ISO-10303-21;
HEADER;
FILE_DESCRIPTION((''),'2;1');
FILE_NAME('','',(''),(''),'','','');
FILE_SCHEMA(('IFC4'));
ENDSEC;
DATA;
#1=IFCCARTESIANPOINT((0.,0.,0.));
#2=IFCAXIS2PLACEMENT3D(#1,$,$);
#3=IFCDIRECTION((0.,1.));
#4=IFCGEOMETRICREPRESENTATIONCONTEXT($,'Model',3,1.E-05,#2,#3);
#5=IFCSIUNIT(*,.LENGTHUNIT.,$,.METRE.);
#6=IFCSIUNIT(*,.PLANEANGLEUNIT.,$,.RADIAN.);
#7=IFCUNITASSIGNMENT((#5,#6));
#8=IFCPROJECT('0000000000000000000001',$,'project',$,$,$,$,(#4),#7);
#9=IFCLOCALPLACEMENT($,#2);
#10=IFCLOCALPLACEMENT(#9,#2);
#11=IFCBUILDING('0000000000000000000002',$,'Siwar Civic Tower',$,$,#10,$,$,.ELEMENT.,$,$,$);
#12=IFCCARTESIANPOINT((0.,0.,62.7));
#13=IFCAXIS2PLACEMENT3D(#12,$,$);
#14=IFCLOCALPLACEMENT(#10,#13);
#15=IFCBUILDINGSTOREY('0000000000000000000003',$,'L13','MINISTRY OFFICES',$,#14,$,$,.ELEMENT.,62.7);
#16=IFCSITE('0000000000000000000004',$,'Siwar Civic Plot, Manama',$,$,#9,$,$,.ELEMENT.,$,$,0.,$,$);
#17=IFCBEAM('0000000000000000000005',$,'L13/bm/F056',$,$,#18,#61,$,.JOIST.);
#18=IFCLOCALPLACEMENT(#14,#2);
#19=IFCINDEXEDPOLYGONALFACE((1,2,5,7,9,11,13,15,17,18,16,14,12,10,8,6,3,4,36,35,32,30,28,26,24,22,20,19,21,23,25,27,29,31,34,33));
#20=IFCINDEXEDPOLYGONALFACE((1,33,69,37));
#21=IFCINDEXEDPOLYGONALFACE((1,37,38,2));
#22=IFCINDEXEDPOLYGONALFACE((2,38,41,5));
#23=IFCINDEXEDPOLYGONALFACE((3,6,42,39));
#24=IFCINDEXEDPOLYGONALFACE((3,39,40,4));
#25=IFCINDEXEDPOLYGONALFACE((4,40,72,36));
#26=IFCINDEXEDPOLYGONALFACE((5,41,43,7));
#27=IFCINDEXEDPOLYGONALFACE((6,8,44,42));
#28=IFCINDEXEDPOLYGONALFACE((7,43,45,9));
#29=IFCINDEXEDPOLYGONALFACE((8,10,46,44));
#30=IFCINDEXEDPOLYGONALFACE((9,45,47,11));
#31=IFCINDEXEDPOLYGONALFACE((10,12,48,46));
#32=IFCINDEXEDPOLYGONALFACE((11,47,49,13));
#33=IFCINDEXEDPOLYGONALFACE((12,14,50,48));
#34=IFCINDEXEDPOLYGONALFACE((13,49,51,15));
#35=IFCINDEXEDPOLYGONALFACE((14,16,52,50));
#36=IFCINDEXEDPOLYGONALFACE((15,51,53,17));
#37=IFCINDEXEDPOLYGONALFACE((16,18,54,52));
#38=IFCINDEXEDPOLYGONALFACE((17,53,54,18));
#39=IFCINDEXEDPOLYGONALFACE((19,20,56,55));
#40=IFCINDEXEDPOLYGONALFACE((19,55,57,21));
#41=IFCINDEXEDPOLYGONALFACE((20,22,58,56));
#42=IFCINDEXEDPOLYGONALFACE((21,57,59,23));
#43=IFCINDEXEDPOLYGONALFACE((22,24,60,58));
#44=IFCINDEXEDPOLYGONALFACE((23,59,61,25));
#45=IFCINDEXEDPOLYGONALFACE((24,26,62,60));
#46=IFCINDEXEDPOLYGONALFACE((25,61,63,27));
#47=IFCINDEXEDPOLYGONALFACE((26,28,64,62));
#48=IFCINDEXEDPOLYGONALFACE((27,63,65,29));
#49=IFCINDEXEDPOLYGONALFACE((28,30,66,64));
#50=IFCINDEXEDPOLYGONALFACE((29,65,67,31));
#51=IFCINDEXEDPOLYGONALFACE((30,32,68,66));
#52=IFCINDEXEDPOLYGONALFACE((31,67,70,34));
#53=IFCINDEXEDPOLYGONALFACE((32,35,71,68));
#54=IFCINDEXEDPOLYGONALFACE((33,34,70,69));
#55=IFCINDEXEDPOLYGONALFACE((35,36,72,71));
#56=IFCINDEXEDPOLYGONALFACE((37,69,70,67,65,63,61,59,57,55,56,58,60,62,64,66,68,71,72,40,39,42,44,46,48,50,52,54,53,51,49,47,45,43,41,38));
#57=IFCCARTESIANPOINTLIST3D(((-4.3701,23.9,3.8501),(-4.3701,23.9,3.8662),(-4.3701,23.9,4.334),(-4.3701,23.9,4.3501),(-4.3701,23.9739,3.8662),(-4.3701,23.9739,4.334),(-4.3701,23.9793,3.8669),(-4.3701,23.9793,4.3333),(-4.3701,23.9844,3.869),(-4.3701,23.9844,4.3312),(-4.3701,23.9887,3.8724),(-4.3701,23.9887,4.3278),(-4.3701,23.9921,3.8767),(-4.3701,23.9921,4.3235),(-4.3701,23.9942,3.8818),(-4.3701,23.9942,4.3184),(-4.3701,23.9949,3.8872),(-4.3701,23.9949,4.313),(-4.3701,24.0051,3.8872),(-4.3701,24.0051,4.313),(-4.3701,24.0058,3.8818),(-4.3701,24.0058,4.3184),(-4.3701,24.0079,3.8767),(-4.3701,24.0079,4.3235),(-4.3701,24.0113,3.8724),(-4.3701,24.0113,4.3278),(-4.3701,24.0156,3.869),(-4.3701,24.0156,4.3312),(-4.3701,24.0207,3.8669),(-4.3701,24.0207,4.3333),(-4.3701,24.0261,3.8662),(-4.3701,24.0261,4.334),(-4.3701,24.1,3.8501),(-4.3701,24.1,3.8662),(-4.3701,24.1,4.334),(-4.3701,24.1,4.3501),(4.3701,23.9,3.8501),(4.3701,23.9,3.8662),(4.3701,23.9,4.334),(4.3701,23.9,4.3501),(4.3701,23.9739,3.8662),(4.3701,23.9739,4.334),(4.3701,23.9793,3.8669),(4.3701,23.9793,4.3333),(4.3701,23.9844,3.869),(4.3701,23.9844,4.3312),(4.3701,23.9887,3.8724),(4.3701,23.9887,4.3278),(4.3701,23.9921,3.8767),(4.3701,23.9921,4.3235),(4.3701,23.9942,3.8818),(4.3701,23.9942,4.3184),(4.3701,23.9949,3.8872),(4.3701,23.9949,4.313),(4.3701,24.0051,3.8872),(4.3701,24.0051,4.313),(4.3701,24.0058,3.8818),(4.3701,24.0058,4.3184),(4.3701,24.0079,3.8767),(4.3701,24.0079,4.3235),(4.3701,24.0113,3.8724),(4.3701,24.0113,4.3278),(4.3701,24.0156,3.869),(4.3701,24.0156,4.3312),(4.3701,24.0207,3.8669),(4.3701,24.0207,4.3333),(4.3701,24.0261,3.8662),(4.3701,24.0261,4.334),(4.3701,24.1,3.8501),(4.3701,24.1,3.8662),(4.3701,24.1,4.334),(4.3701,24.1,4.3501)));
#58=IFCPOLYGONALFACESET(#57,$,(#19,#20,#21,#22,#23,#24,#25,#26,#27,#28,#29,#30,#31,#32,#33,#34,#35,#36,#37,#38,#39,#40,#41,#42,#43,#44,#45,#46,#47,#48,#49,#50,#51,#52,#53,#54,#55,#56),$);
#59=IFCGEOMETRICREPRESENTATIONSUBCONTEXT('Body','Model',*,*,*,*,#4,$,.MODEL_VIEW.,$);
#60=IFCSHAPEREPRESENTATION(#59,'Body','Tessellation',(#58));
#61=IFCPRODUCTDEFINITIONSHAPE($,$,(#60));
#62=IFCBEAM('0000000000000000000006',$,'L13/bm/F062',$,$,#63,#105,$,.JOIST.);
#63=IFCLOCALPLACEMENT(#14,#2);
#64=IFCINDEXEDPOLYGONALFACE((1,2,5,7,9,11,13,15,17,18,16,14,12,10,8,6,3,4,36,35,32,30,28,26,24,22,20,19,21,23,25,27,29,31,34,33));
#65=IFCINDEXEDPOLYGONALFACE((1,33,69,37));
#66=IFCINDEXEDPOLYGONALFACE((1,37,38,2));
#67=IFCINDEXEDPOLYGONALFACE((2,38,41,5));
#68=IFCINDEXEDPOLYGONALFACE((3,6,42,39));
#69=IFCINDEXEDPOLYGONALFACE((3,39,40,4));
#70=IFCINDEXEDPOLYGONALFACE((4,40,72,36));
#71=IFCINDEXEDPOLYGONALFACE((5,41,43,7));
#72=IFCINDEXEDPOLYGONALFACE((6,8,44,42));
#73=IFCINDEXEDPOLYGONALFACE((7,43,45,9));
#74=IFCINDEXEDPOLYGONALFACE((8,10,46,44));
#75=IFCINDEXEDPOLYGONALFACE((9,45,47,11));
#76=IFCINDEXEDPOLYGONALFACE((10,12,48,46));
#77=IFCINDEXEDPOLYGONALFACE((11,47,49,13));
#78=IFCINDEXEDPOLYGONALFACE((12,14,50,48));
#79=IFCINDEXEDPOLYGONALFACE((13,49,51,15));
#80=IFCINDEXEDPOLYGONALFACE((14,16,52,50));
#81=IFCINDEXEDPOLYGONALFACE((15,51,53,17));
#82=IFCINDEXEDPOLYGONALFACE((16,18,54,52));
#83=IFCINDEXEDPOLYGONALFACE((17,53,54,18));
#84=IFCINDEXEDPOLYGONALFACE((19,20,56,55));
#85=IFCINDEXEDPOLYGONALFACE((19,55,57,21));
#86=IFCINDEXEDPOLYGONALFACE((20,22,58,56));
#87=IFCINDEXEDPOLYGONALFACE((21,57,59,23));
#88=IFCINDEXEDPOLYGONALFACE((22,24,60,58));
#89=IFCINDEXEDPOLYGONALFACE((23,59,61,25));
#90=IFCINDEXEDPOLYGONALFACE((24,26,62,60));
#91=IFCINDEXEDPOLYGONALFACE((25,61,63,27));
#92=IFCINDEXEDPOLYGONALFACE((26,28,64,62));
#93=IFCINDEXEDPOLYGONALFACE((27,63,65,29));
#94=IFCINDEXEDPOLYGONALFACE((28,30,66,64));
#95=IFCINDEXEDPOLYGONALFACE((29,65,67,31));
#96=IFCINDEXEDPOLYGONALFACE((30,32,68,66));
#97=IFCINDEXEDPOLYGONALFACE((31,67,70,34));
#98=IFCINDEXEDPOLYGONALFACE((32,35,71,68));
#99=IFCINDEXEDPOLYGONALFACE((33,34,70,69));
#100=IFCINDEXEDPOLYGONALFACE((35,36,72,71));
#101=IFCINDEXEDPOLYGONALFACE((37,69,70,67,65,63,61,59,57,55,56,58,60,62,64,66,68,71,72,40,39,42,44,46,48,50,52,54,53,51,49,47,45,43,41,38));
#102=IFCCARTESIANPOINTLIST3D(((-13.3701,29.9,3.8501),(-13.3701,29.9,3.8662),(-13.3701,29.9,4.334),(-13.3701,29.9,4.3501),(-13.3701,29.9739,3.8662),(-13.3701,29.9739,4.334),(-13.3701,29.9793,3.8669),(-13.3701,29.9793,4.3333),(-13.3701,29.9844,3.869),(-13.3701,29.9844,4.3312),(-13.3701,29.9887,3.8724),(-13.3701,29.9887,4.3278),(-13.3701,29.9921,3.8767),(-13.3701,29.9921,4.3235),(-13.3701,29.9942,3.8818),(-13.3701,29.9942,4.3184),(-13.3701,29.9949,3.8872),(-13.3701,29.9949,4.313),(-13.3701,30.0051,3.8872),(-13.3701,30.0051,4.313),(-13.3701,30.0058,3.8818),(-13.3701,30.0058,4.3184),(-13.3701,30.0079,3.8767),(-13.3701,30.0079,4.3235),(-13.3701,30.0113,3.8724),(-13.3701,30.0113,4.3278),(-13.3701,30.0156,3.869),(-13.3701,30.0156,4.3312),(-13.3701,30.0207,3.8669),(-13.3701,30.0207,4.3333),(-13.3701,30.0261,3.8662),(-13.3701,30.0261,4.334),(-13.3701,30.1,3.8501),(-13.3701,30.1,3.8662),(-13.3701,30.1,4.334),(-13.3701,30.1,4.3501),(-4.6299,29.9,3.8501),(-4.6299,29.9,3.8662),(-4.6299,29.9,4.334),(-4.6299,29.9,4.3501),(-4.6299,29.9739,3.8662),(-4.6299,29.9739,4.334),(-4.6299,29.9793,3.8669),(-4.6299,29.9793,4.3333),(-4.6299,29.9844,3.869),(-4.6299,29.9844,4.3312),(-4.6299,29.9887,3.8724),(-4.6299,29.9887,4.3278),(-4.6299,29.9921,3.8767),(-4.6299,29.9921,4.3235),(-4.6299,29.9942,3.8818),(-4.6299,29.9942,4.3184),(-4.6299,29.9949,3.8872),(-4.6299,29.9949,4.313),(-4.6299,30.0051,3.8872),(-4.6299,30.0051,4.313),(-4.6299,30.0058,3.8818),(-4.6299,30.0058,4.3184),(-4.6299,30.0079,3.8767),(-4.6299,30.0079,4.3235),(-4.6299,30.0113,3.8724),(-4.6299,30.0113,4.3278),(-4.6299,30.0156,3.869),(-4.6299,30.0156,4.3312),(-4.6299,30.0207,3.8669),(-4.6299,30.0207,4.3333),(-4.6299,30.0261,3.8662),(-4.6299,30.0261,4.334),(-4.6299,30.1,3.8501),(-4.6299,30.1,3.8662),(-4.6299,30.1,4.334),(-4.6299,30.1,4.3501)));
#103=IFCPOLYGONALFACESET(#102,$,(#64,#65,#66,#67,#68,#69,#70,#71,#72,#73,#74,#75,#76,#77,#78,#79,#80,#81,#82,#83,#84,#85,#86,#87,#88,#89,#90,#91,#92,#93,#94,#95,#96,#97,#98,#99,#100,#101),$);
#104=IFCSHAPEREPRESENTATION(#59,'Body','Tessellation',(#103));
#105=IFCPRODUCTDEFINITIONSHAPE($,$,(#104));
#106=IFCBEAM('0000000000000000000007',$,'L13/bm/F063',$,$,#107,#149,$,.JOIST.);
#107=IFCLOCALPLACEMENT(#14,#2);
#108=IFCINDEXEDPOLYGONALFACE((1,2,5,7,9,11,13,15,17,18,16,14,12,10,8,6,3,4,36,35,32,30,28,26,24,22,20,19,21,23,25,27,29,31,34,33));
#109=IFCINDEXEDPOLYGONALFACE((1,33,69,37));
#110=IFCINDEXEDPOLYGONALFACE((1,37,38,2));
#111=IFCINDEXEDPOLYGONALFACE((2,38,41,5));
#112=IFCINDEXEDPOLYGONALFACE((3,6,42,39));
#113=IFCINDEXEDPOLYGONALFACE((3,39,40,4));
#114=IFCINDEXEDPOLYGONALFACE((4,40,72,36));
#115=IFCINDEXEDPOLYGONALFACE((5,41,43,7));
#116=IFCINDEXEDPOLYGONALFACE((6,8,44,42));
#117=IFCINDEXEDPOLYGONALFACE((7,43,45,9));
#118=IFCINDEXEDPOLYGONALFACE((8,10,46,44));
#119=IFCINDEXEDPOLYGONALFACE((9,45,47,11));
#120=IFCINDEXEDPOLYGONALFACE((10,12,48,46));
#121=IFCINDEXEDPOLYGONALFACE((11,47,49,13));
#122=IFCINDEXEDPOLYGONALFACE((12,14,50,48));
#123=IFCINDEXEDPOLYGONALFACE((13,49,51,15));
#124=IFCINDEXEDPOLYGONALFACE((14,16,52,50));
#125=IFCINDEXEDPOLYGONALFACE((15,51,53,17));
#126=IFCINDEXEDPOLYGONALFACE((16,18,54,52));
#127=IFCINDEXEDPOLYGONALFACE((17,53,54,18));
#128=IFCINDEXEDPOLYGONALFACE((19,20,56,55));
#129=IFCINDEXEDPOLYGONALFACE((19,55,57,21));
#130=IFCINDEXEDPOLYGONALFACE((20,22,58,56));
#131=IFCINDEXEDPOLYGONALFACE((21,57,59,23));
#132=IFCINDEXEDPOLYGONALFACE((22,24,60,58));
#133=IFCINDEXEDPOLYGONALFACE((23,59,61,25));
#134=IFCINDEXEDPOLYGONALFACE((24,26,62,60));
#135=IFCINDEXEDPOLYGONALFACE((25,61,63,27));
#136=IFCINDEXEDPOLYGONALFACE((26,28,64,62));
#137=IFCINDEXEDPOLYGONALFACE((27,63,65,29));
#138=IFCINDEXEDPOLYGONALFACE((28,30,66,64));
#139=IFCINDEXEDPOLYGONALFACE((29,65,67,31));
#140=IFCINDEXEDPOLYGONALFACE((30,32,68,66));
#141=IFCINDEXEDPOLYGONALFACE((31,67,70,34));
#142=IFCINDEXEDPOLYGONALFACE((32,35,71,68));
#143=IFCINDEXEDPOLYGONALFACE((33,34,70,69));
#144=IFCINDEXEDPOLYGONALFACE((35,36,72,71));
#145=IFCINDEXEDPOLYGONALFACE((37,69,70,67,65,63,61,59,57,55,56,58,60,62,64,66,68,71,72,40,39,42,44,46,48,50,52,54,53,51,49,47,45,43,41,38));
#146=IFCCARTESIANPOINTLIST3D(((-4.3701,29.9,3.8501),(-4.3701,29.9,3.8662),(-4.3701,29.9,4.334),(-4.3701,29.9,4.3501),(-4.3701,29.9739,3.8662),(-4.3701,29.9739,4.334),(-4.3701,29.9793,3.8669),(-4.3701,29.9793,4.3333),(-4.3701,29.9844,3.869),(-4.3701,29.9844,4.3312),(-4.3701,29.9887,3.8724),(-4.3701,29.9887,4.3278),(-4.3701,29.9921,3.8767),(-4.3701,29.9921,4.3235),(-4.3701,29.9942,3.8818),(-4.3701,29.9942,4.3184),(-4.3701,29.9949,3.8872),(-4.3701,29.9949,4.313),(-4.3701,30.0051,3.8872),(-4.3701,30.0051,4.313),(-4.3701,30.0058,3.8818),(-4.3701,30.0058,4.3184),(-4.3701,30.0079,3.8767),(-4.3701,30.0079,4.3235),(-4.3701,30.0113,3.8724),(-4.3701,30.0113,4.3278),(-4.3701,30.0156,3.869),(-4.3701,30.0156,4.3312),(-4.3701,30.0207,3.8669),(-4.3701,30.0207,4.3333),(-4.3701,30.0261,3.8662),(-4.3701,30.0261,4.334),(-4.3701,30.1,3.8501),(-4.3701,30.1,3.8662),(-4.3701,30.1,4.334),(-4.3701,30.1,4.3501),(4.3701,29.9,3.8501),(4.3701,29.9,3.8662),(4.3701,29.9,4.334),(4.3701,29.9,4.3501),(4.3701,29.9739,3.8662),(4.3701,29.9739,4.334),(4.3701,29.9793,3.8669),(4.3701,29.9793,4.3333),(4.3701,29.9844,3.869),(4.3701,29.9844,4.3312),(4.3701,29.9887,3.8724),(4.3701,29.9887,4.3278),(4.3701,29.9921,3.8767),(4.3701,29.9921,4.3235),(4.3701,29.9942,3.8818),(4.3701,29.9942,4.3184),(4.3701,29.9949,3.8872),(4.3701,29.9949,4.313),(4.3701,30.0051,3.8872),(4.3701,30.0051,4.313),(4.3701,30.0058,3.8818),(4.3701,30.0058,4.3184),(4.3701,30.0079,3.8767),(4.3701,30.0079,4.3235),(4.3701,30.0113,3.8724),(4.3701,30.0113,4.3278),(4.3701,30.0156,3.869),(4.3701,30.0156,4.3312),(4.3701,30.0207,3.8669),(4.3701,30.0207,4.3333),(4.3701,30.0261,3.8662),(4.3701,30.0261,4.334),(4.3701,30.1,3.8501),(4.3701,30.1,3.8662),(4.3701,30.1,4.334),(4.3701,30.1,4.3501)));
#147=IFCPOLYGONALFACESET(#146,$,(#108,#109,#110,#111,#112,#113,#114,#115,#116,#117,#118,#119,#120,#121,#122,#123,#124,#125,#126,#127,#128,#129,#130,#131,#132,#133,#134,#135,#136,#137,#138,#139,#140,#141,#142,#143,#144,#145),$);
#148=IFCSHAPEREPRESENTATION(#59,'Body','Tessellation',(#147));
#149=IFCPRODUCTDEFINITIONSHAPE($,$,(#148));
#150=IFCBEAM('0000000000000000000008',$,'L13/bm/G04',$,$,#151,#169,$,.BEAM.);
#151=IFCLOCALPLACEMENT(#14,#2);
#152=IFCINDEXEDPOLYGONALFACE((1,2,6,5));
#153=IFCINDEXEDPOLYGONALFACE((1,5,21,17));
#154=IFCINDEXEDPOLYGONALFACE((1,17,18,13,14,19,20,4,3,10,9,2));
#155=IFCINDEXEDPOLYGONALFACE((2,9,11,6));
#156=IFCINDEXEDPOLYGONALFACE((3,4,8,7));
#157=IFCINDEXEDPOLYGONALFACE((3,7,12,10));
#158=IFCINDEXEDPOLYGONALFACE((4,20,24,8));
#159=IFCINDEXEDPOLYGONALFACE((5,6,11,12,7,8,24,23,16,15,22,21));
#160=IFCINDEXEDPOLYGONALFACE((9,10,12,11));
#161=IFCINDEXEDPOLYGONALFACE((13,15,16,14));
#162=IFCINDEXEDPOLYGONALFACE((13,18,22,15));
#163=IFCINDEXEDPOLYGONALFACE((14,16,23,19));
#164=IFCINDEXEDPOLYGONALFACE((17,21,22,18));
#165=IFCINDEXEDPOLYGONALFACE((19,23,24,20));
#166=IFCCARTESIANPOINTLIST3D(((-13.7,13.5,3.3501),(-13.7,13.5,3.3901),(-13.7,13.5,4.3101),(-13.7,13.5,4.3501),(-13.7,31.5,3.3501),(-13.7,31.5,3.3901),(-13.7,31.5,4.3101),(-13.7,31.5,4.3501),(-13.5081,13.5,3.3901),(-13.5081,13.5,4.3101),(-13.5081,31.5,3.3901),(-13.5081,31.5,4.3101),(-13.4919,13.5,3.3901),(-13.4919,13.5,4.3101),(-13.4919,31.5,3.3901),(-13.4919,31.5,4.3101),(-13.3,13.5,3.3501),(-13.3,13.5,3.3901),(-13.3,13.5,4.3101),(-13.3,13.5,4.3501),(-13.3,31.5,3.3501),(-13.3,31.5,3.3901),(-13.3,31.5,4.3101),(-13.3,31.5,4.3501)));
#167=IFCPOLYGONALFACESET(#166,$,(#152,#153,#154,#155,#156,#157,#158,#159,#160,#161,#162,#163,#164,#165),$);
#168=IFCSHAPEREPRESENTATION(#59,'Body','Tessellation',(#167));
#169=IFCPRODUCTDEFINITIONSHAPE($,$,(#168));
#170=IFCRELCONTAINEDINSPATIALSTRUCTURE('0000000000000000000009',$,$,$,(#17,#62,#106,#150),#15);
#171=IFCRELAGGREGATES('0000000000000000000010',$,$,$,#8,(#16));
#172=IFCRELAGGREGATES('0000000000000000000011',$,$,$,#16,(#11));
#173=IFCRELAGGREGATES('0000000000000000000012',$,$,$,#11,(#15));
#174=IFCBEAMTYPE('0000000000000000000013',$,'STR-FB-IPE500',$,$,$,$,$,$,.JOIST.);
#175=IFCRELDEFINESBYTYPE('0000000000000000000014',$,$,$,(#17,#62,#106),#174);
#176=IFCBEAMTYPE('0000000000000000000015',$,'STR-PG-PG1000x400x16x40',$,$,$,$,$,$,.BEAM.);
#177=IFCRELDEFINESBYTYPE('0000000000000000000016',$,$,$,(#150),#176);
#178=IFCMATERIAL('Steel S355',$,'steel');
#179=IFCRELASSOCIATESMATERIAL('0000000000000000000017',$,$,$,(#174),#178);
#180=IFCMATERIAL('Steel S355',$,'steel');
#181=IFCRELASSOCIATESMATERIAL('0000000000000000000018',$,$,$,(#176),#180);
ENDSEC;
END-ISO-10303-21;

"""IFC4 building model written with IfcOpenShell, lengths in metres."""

from ifc_helpers import new_model, si_unit, direction, frame, origin, origin_2d, place, context, subcontext, project, spatial, i_section, extrude, material, material_profile, profile_set, type_object, element, save


model = new_model("IFC4")

# Units and contexts
model_context = context("Model", 3, precision=1e-05, world=origin(), true_north=direction((0.0, 1.0)))
body_context = subcontext(model_context, "Body", "Model", "MODEL_VIEW")
ifc_project = project(units=[si_unit("LENGTHUNIT", "METRE"), si_unit("PLANEANGLEUNIT", "RADIAN")], contexts=[model_context])

# Site, building, storey
site_placement = place(None, origin())
site = spatial("IfcSite", under=ifc_project, at=site_placement, Name="Siwar Civic Plot, Manama", CompositionType="ELEMENT", RefElevation=0.0)
building_placement = place(site_placement, origin())
building = spatial("IfcBuilding", under=site, at=building_placement, Name="Siwar Civic Tower", CompositionType="ELEMENT")
storey_placement = place(building_placement, frame((0.0, 0.0, 62.7)))
storey = spatial("IfcBuildingStorey", under=building, at=storey_placement, Name="L13", Description="MINISTRY OFFICES", CompositionType="ELEMENT", Elevation=62.7)

# Beams
ifc_material_1 = material(Name="Steel S355", Category="steel")
ifc_material_profile_1 = material_profile(ifc_material_1, i_section(OverallWidth=0.2, OverallDepth=0.5, WebThickness=0.0103, FlangeThickness=0.0161, FilletRadius=0.021, at=origin_2d()), Name="IPE500")
ifc_profile_set_1 = profile_set([ifc_material_profile_1], Name="Steel S355")
beam_type_1 = type_object("IfcBeamType", Name="STR-FB-IPE500", PredefinedType="JOIST", material=ifc_profile_set_1)
for number, where, z_axis, x_axis, name in (
    (1, (-4.3701, 24.0, 4.1001), (1.0, 0.0, 0.0), (0.0, 1.0, 0.0), "L13/bm/F056"),
    (2, (-13.3701, 30.0, 4.1001), (1.0, 0.0, 0.0), (0.0, 1.0, 0.0), "L13/bm/F062"),
    (3, (-4.3701, 30.0, 4.1001), (1.0, 0.0, 0.0), (0.0, 1.0, 0.0), "L13/bm/F063"),
):
    element("IfcBeam", number, at=place(storey_placement, frame(where, z_axis=z_axis, x_axis=x_axis)), inside=storey, type_object=beam_type_1, Name=name, PredefinedType="JOIST", context=body_context, shape_type="SweptSolid", body=[
        extrude(i_section(OverallWidth=0.2, OverallDepth=0.5, WebThickness=0.0103, FlangeThickness=0.0161, FilletRadius=0.021, at=origin_2d()), origin(), (0.0, 0.0, 1.0), 8.7402),
    ])
ifc_material_2 = material(Name="Steel S355", Category="steel")
ifc_material_profile_2 = material_profile(ifc_material_2, i_section(OverallWidth=0.3999, OverallDepth=1.0, WebThickness=0.0161, FlangeThickness=0.04, at=origin_2d()), Name="PG1000x400x16x40")
ifc_profile_set_2 = profile_set([ifc_material_profile_2], Name="Steel S355")
beam_type_2 = type_object("IfcBeamType", Name="STR-PG-PG1000x400x16x40", PredefinedType="BEAM", material=ifc_profile_set_2)
beam_1_placement = place(storey_placement, frame((-13.5, 13.5, 3.8501), z_axis=(0.0, 1.0, 0.0), x_axis=(-1.0, 0.0, 0.0)))
element("IfcBeam", 4, at=beam_1_placement, inside=storey, type_object=beam_type_2, Name="L13/bm/G04", PredefinedType="BEAM", context=body_context, shape_type="SweptSolid", body=[
    extrude(i_section(OverallWidth=0.3999, OverallDepth=1.0, WebThickness=0.0161, FlangeThickness=0.04, at=origin_2d()), origin(), (0.0, 0.0, 1.0), 18.0),
])

save(model, "model.ifc")
